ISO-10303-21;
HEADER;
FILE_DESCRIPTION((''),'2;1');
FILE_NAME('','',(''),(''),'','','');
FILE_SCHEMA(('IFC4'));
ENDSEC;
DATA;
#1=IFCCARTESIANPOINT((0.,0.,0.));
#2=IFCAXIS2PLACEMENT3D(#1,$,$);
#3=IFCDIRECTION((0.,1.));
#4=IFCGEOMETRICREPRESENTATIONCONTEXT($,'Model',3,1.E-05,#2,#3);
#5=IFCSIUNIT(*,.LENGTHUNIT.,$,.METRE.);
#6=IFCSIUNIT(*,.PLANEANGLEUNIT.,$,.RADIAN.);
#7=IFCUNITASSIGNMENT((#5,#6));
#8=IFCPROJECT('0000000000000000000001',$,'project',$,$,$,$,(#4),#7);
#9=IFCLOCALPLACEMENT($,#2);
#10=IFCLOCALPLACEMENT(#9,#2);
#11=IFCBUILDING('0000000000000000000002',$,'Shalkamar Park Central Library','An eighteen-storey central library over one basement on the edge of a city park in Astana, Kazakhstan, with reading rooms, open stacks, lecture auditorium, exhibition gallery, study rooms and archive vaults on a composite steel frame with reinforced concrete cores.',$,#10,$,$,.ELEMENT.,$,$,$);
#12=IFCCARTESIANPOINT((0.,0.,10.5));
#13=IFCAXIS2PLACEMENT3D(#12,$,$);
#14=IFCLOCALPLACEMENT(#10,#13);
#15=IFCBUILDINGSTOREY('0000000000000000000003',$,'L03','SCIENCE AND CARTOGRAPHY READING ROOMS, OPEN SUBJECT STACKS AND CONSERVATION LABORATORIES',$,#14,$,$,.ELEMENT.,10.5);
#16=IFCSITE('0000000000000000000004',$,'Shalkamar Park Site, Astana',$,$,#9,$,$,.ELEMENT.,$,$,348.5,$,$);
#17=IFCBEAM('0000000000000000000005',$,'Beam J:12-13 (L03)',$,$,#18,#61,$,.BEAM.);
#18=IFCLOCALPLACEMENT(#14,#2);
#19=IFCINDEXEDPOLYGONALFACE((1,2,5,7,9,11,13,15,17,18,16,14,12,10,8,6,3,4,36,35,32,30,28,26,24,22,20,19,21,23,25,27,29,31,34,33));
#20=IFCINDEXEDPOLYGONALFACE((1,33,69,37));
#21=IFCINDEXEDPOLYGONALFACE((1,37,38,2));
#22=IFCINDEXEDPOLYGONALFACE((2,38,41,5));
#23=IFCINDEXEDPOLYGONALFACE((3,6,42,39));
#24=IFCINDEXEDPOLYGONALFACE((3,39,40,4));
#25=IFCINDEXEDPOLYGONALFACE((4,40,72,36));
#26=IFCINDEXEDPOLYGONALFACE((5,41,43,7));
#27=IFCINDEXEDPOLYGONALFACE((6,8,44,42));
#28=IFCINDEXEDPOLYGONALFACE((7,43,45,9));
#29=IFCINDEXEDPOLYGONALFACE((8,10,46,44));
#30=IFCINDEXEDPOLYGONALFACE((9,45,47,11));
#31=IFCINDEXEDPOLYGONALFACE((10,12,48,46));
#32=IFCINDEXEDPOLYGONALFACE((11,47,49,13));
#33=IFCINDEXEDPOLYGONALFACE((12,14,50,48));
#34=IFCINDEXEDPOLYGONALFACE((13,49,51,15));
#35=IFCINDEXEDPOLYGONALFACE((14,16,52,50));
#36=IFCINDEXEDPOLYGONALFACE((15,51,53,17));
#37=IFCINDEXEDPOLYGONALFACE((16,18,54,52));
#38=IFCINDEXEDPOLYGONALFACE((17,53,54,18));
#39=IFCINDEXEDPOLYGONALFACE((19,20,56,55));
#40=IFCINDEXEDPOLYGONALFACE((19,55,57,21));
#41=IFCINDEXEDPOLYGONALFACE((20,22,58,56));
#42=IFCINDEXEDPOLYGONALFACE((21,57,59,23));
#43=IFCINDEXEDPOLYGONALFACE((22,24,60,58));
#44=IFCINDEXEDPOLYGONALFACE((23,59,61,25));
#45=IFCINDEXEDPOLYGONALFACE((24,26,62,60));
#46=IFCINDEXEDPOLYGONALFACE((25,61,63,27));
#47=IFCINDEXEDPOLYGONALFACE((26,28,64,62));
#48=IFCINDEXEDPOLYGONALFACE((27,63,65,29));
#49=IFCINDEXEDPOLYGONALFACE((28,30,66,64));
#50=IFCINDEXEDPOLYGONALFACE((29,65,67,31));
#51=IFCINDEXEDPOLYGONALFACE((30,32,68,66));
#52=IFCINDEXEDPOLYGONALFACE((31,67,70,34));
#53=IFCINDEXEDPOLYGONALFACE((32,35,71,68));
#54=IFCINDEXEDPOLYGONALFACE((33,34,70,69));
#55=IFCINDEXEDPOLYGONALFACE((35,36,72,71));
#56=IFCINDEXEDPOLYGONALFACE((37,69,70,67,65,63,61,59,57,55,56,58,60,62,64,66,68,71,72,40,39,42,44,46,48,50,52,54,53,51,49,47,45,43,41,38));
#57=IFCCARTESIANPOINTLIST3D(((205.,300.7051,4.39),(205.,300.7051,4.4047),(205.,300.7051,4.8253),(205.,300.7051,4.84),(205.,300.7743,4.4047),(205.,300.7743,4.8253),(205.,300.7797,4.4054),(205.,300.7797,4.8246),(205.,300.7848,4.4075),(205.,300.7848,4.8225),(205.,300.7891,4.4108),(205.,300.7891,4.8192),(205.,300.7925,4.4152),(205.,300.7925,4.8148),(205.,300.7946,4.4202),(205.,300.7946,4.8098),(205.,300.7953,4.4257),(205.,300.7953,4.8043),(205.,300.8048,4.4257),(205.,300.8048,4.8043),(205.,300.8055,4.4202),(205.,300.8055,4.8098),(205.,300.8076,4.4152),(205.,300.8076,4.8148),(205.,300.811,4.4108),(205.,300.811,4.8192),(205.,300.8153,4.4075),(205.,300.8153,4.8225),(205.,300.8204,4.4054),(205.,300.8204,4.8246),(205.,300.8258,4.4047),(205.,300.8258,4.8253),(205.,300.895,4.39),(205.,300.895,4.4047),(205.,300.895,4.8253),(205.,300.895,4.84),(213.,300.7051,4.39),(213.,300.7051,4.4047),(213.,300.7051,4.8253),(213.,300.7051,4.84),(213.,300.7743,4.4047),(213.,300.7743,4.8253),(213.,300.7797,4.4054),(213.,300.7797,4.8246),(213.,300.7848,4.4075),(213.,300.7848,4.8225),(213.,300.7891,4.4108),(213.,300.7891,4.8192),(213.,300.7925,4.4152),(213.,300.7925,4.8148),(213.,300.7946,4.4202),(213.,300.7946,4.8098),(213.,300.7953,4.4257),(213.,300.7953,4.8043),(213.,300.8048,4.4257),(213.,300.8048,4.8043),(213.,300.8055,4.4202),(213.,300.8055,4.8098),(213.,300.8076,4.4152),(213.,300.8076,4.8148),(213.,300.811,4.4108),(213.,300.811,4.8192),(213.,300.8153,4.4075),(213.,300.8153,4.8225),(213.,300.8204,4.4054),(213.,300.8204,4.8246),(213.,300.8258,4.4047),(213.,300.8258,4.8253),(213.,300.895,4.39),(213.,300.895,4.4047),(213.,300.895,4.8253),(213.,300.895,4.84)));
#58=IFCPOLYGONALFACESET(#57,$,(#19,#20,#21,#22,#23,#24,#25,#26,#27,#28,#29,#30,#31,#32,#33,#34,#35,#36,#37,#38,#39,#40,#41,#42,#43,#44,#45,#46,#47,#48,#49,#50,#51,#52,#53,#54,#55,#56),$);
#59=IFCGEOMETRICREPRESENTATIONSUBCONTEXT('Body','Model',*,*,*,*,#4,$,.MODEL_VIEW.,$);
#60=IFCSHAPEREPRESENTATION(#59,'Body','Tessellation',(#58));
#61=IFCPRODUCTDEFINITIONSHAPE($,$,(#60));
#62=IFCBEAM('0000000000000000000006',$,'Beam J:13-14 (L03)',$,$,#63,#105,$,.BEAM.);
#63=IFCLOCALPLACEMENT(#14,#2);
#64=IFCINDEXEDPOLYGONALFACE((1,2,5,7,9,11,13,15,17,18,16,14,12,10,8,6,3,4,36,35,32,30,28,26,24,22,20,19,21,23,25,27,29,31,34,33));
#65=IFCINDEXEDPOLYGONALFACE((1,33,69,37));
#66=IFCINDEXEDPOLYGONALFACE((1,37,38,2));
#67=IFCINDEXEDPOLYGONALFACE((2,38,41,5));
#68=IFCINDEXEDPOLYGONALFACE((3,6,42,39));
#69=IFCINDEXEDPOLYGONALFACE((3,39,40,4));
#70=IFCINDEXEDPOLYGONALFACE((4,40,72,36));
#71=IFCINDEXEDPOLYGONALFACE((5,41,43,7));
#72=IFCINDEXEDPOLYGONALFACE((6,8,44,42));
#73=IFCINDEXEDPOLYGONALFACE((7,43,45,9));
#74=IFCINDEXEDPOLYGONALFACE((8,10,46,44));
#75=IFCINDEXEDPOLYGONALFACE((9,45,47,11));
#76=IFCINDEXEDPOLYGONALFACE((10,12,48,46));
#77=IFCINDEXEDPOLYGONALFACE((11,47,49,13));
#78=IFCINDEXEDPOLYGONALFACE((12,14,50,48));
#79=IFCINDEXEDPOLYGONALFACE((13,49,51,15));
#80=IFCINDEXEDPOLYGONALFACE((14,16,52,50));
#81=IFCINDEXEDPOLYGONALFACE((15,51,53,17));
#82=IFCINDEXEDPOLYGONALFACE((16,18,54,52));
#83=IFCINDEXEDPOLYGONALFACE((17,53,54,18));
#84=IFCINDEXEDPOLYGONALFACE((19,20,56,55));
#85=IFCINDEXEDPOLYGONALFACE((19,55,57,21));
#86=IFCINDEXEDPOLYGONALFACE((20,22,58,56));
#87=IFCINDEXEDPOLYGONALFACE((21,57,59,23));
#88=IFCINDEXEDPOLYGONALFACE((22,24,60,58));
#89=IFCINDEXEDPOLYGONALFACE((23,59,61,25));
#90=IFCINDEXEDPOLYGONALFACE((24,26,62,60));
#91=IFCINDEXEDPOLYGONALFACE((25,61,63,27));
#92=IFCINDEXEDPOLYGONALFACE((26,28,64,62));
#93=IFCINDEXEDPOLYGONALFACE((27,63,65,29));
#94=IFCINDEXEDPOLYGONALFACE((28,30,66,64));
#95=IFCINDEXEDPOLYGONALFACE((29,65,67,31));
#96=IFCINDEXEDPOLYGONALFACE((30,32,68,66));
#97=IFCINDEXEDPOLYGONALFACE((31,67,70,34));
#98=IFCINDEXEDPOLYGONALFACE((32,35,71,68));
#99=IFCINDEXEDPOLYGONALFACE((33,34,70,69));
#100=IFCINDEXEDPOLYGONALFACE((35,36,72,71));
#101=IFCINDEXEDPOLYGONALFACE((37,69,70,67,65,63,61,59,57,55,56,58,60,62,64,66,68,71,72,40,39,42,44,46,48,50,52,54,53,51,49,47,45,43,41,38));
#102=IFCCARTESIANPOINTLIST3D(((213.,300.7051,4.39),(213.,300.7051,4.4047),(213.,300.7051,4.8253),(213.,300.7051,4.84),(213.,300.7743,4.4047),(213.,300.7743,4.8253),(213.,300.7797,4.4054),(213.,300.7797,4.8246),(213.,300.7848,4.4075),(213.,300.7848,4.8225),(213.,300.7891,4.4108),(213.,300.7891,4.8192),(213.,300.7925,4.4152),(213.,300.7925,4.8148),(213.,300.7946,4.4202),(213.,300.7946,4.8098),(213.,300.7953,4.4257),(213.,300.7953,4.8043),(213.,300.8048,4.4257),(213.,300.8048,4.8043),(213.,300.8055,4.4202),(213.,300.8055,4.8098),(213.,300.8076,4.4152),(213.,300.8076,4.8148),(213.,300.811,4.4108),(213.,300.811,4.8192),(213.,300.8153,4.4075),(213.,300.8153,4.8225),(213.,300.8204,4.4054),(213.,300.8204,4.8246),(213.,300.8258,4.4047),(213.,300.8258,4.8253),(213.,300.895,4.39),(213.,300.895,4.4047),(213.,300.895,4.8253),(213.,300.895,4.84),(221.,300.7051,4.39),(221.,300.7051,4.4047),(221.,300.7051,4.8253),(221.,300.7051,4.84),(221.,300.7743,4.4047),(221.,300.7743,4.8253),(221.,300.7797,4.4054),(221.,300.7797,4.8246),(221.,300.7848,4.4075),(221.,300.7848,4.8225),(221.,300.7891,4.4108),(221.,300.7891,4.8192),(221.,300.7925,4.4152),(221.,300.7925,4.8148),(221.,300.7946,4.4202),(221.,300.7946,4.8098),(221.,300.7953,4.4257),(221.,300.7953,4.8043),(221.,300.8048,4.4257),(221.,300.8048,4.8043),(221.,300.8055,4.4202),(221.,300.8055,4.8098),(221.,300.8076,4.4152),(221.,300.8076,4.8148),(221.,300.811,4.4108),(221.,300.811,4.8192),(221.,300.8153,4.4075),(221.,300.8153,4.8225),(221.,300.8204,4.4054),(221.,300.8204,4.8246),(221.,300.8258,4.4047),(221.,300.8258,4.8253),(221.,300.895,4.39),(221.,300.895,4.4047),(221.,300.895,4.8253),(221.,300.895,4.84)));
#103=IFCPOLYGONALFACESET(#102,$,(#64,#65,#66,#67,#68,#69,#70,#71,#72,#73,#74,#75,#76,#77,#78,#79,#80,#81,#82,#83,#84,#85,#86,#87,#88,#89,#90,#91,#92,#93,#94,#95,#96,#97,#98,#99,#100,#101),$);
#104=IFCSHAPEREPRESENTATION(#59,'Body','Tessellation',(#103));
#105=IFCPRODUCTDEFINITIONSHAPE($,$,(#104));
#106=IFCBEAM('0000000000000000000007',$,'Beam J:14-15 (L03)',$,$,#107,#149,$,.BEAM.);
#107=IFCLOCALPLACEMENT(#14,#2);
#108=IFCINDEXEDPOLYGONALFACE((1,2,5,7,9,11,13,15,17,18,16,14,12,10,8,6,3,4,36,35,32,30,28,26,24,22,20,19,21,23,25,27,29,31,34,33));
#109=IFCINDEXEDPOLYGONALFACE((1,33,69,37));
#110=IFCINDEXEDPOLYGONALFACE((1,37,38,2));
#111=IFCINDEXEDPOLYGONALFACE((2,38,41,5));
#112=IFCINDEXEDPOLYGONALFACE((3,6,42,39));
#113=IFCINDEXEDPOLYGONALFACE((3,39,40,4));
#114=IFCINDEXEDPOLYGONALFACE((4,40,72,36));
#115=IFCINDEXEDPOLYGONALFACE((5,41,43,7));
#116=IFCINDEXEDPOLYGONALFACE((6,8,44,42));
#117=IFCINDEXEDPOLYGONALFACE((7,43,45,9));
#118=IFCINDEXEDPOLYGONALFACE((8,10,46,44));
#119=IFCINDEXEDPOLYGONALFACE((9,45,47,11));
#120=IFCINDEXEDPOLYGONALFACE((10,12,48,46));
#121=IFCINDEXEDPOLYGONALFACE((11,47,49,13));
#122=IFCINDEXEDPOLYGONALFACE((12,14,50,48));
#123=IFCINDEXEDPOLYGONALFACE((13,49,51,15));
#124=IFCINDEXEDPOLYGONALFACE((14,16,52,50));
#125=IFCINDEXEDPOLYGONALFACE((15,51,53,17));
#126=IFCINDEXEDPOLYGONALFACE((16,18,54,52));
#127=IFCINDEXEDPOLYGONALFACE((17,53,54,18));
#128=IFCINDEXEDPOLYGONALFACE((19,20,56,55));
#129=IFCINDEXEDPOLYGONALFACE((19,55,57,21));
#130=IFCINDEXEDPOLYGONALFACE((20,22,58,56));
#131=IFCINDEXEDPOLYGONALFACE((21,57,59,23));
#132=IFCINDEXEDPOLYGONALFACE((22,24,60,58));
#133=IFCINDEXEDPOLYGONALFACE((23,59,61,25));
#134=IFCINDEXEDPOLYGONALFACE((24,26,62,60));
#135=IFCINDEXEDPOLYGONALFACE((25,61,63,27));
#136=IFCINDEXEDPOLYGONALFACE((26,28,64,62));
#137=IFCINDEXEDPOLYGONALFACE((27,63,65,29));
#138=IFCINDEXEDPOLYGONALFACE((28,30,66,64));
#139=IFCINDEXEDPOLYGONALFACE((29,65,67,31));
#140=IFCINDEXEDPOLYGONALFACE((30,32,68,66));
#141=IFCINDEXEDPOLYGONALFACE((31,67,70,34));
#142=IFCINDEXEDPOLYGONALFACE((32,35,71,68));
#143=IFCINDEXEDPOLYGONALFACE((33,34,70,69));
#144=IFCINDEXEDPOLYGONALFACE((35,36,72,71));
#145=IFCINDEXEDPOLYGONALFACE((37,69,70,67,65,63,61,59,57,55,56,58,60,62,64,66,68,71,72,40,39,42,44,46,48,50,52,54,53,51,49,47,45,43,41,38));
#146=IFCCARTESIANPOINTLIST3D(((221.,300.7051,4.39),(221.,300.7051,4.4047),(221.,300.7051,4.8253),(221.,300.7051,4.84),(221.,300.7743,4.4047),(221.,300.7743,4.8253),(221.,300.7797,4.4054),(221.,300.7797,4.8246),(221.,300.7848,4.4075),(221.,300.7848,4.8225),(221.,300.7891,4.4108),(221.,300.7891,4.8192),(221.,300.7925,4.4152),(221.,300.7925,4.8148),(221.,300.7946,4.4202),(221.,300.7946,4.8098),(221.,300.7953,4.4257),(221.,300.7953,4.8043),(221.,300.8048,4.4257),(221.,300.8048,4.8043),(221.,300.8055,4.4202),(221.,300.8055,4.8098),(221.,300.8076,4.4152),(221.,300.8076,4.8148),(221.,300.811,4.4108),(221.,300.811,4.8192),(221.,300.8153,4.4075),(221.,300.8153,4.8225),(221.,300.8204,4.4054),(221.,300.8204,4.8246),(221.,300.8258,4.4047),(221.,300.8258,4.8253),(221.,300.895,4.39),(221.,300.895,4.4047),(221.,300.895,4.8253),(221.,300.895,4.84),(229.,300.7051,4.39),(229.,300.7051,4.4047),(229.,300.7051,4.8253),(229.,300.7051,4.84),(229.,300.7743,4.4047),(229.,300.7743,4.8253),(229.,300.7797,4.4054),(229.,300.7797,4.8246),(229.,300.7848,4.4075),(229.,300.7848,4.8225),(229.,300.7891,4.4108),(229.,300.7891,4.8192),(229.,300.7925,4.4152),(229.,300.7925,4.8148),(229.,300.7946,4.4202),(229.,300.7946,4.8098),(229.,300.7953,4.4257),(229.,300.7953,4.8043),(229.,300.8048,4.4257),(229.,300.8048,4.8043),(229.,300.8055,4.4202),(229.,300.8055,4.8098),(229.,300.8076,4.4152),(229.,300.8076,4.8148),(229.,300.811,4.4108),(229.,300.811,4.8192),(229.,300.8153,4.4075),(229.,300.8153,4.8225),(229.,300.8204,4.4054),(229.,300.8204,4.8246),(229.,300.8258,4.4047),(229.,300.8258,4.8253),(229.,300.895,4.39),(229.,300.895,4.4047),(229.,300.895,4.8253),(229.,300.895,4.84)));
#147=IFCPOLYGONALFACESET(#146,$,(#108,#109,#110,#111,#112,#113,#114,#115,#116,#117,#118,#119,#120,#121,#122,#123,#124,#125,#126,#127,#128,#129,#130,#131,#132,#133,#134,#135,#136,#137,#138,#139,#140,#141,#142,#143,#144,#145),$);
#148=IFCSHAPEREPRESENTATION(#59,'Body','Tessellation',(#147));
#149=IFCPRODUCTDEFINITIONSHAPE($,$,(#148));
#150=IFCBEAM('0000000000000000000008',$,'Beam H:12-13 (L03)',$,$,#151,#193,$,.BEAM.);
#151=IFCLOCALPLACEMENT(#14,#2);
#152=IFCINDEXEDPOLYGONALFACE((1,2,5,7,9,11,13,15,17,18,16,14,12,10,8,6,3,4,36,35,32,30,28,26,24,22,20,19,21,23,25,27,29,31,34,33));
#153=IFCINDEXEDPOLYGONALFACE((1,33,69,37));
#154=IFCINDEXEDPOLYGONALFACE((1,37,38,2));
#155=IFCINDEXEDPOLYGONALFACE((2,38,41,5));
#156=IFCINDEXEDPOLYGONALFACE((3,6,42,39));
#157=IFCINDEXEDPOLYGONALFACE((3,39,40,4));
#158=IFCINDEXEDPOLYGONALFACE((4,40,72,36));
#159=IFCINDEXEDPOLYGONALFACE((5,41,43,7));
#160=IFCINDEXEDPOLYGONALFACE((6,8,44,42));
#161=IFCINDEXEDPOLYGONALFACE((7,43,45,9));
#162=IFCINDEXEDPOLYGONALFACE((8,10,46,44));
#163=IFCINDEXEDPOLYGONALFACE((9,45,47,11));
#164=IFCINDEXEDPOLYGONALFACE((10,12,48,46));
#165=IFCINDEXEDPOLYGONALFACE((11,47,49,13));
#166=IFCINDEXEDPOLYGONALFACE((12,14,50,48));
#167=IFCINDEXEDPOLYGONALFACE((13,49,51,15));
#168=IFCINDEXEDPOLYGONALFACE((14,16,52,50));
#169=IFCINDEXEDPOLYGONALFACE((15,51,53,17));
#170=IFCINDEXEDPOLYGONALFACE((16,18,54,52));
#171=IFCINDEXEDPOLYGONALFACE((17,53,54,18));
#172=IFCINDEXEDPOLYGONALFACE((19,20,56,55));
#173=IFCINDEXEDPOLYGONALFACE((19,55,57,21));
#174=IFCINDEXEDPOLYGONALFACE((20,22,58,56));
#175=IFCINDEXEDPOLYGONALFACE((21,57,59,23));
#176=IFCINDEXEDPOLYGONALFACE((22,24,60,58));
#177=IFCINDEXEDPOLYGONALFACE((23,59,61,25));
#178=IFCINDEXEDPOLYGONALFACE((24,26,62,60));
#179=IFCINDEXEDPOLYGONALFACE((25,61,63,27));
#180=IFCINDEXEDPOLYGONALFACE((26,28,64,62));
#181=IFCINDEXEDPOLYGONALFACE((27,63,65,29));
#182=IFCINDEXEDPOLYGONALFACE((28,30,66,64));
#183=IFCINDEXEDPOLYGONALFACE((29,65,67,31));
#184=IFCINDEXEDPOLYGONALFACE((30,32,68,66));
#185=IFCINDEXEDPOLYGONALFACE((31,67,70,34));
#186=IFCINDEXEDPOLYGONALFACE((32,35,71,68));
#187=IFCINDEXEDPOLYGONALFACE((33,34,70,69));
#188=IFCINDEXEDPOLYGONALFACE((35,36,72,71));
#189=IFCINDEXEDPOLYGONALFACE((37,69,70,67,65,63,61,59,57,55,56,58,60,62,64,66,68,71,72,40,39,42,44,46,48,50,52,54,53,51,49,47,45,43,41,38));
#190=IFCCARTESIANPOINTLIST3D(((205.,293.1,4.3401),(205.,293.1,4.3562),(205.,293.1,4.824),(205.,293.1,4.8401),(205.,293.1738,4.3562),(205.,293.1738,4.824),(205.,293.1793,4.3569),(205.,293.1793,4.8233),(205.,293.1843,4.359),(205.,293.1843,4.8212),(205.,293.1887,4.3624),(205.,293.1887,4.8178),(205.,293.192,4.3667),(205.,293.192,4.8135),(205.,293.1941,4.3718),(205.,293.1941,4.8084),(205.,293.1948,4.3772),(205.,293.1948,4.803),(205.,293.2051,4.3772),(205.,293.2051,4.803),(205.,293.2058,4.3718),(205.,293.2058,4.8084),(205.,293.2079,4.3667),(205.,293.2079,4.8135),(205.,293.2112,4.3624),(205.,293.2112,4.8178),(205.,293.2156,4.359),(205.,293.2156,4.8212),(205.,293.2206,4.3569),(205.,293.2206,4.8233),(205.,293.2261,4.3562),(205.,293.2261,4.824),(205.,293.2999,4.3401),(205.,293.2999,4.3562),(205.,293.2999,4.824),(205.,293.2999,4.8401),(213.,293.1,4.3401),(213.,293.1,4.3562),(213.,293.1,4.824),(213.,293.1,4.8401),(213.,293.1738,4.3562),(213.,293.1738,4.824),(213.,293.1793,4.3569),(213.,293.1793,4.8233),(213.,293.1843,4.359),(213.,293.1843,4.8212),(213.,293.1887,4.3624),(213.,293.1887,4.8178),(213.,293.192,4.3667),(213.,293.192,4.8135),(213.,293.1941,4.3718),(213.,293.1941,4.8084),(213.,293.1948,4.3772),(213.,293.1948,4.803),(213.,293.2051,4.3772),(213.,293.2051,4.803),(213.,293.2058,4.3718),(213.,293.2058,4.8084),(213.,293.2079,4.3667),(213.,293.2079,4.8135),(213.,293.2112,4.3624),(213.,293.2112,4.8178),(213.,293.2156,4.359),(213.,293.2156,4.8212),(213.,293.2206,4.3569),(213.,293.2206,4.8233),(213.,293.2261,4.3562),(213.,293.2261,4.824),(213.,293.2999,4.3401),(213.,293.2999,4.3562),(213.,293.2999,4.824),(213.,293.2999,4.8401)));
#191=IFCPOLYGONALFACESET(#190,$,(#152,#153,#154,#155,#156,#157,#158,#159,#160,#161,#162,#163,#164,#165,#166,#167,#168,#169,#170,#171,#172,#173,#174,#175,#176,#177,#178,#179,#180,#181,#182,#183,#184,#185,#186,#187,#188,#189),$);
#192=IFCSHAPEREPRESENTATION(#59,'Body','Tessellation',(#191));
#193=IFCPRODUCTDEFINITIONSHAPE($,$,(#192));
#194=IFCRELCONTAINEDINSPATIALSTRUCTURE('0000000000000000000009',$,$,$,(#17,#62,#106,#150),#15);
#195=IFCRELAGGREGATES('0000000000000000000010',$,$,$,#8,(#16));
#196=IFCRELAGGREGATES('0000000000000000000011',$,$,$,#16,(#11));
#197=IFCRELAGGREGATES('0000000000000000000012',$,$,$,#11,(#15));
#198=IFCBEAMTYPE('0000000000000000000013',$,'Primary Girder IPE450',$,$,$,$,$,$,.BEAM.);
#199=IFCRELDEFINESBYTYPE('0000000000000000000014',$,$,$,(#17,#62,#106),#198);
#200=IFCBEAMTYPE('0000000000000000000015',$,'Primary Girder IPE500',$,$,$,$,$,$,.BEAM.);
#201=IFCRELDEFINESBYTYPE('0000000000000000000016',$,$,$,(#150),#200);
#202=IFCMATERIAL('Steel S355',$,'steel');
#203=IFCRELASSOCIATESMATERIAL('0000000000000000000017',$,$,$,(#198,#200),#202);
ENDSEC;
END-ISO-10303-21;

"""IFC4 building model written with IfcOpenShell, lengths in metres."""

from ifc_helpers import new_model, si_unit, direction, frame, origin, origin_2d, place, context, subcontext, project, spatial, i_section, extrude, material, material_profile, profile_set, type_object, element, save


model = new_model("IFC4")

# Units and contexts
model_context = context("Model", 3, precision=1e-05, world=origin(), true_north=direction((0.0, 1.0)))
body_context = subcontext(model_context, "Body", "Model", "MODEL_VIEW")
ifc_project = project(units=[si_unit("LENGTHUNIT", "METRE"), si_unit("PLANEANGLEUNIT", "RADIAN")], contexts=[model_context])

# Site, building, storey
site_placement = place(None, origin())
site = spatial("IfcSite", under=ifc_project, at=site_placement, Name="Shalkamar Park Site, Astana", CompositionType="ELEMENT", RefElevation=348.5)
building_placement = place(site_placement, origin())
building = spatial("IfcBuilding", under=site, at=building_placement, Name="Shalkamar Park Central Library", Description="An eighteen-storey central library over one basement on the edge of a city park in Astana, Kazakhstan, with reading rooms, open stacks, lecture auditorium, exhibition gallery, study rooms and archive vaults on a composite steel frame with reinforced concrete cores.", CompositionType="ELEMENT")
storey_placement = place(building_placement, frame((0.0, 0.0, 10.5)))
storey = spatial("IfcBuildingStorey", under=building, at=storey_placement, Name="L03", Description="SCIENCE AND CARTOGRAPHY READING ROOMS, OPEN SUBJECT STACKS AND CONSERVATION LABORATORIES", CompositionType="ELEMENT", Elevation=10.5)

# Shared definitions
ifc_material_1 = material(Name="Steel S355", Category="steel")

# Beams
ifc_material_profile_1 = material_profile(ifc_material_1, i_section(OverallWidth=0.1899, OverallDepth=0.45, WebThickness=0.0095, FlangeThickness=0.0146, FilletRadius=0.021, at=origin_2d()), Name="IPE 450")
ifc_profile_set_1 = profile_set([ifc_material_profile_1], Name="Steel S355")
beam_type_1 = type_object("IfcBeamType", Name="Primary Girder IPE450", PredefinedType="BEAM", material=ifc_profile_set_1)
for number, where, z_axis, x_axis, name in (
    (1, (205.0, 300.8, 4.615), (1.0, 0.0, 0.0), (0.0, 1.0, 0.0), "Beam J:12-13 (L03)"),
    (2, (213.0, 300.8, 4.615), (1.0, 0.0, 0.0), (0.0, 1.0, 0.0), "Beam J:13-14 (L03)"),
    (3, (221.0, 300.8, 4.615), (1.0, 0.0, 0.0), (0.0, 1.0, 0.0), "Beam J:14-15 (L03)"),
):
    element("IfcBeam", number, at=place(storey_placement, frame(where, z_axis=z_axis, x_axis=x_axis)), inside=storey, type_object=beam_type_1, Name=name, PredefinedType="BEAM", context=body_context, shape_type="SweptSolid", body=[
        extrude(i_section(OverallWidth=0.1899, OverallDepth=0.45, WebThickness=0.0095, FlangeThickness=0.0146, FilletRadius=0.021, at=origin_2d()), origin(), (0.0, 0.0, 1.0), 8.0),
    ])
ifc_material_profile_2 = material_profile(ifc_material_1, i_section(OverallWidth=0.2, OverallDepth=0.5, WebThickness=0.0103, FlangeThickness=0.0161, FilletRadius=0.021, at=origin_2d()), Name="IPE 500")
ifc_profile_set_2 = profile_set([ifc_material_profile_2], Name="Steel S355")
beam_type_2 = type_object("IfcBeamType", Name="Primary Girder IPE500", PredefinedType="BEAM", material=ifc_profile_set_2)
for number, where, z_axis, x_axis, name in (
    (4, (205.0, 293.2, 4.5901), (1.0, 0.0, 0.0), (0.0, 1.0, 0.0), "Beam H:12-13 (L03)"),
):
    element("IfcBeam", number, at=place(storey_placement, frame(where, z_axis=z_axis, x_axis=x_axis)), inside=storey, type_object=beam_type_2, Name=name, PredefinedType="BEAM", context=body_context, shape_type="SweptSolid", body=[
        extrude(i_section(OverallWidth=0.2, OverallDepth=0.5, WebThickness=0.0103, FlangeThickness=0.0161, FilletRadius=0.021, at=origin_2d()), origin(), (0.0, 0.0, 1.0), 8.0),
    ])

save(model, "model.ifc")
